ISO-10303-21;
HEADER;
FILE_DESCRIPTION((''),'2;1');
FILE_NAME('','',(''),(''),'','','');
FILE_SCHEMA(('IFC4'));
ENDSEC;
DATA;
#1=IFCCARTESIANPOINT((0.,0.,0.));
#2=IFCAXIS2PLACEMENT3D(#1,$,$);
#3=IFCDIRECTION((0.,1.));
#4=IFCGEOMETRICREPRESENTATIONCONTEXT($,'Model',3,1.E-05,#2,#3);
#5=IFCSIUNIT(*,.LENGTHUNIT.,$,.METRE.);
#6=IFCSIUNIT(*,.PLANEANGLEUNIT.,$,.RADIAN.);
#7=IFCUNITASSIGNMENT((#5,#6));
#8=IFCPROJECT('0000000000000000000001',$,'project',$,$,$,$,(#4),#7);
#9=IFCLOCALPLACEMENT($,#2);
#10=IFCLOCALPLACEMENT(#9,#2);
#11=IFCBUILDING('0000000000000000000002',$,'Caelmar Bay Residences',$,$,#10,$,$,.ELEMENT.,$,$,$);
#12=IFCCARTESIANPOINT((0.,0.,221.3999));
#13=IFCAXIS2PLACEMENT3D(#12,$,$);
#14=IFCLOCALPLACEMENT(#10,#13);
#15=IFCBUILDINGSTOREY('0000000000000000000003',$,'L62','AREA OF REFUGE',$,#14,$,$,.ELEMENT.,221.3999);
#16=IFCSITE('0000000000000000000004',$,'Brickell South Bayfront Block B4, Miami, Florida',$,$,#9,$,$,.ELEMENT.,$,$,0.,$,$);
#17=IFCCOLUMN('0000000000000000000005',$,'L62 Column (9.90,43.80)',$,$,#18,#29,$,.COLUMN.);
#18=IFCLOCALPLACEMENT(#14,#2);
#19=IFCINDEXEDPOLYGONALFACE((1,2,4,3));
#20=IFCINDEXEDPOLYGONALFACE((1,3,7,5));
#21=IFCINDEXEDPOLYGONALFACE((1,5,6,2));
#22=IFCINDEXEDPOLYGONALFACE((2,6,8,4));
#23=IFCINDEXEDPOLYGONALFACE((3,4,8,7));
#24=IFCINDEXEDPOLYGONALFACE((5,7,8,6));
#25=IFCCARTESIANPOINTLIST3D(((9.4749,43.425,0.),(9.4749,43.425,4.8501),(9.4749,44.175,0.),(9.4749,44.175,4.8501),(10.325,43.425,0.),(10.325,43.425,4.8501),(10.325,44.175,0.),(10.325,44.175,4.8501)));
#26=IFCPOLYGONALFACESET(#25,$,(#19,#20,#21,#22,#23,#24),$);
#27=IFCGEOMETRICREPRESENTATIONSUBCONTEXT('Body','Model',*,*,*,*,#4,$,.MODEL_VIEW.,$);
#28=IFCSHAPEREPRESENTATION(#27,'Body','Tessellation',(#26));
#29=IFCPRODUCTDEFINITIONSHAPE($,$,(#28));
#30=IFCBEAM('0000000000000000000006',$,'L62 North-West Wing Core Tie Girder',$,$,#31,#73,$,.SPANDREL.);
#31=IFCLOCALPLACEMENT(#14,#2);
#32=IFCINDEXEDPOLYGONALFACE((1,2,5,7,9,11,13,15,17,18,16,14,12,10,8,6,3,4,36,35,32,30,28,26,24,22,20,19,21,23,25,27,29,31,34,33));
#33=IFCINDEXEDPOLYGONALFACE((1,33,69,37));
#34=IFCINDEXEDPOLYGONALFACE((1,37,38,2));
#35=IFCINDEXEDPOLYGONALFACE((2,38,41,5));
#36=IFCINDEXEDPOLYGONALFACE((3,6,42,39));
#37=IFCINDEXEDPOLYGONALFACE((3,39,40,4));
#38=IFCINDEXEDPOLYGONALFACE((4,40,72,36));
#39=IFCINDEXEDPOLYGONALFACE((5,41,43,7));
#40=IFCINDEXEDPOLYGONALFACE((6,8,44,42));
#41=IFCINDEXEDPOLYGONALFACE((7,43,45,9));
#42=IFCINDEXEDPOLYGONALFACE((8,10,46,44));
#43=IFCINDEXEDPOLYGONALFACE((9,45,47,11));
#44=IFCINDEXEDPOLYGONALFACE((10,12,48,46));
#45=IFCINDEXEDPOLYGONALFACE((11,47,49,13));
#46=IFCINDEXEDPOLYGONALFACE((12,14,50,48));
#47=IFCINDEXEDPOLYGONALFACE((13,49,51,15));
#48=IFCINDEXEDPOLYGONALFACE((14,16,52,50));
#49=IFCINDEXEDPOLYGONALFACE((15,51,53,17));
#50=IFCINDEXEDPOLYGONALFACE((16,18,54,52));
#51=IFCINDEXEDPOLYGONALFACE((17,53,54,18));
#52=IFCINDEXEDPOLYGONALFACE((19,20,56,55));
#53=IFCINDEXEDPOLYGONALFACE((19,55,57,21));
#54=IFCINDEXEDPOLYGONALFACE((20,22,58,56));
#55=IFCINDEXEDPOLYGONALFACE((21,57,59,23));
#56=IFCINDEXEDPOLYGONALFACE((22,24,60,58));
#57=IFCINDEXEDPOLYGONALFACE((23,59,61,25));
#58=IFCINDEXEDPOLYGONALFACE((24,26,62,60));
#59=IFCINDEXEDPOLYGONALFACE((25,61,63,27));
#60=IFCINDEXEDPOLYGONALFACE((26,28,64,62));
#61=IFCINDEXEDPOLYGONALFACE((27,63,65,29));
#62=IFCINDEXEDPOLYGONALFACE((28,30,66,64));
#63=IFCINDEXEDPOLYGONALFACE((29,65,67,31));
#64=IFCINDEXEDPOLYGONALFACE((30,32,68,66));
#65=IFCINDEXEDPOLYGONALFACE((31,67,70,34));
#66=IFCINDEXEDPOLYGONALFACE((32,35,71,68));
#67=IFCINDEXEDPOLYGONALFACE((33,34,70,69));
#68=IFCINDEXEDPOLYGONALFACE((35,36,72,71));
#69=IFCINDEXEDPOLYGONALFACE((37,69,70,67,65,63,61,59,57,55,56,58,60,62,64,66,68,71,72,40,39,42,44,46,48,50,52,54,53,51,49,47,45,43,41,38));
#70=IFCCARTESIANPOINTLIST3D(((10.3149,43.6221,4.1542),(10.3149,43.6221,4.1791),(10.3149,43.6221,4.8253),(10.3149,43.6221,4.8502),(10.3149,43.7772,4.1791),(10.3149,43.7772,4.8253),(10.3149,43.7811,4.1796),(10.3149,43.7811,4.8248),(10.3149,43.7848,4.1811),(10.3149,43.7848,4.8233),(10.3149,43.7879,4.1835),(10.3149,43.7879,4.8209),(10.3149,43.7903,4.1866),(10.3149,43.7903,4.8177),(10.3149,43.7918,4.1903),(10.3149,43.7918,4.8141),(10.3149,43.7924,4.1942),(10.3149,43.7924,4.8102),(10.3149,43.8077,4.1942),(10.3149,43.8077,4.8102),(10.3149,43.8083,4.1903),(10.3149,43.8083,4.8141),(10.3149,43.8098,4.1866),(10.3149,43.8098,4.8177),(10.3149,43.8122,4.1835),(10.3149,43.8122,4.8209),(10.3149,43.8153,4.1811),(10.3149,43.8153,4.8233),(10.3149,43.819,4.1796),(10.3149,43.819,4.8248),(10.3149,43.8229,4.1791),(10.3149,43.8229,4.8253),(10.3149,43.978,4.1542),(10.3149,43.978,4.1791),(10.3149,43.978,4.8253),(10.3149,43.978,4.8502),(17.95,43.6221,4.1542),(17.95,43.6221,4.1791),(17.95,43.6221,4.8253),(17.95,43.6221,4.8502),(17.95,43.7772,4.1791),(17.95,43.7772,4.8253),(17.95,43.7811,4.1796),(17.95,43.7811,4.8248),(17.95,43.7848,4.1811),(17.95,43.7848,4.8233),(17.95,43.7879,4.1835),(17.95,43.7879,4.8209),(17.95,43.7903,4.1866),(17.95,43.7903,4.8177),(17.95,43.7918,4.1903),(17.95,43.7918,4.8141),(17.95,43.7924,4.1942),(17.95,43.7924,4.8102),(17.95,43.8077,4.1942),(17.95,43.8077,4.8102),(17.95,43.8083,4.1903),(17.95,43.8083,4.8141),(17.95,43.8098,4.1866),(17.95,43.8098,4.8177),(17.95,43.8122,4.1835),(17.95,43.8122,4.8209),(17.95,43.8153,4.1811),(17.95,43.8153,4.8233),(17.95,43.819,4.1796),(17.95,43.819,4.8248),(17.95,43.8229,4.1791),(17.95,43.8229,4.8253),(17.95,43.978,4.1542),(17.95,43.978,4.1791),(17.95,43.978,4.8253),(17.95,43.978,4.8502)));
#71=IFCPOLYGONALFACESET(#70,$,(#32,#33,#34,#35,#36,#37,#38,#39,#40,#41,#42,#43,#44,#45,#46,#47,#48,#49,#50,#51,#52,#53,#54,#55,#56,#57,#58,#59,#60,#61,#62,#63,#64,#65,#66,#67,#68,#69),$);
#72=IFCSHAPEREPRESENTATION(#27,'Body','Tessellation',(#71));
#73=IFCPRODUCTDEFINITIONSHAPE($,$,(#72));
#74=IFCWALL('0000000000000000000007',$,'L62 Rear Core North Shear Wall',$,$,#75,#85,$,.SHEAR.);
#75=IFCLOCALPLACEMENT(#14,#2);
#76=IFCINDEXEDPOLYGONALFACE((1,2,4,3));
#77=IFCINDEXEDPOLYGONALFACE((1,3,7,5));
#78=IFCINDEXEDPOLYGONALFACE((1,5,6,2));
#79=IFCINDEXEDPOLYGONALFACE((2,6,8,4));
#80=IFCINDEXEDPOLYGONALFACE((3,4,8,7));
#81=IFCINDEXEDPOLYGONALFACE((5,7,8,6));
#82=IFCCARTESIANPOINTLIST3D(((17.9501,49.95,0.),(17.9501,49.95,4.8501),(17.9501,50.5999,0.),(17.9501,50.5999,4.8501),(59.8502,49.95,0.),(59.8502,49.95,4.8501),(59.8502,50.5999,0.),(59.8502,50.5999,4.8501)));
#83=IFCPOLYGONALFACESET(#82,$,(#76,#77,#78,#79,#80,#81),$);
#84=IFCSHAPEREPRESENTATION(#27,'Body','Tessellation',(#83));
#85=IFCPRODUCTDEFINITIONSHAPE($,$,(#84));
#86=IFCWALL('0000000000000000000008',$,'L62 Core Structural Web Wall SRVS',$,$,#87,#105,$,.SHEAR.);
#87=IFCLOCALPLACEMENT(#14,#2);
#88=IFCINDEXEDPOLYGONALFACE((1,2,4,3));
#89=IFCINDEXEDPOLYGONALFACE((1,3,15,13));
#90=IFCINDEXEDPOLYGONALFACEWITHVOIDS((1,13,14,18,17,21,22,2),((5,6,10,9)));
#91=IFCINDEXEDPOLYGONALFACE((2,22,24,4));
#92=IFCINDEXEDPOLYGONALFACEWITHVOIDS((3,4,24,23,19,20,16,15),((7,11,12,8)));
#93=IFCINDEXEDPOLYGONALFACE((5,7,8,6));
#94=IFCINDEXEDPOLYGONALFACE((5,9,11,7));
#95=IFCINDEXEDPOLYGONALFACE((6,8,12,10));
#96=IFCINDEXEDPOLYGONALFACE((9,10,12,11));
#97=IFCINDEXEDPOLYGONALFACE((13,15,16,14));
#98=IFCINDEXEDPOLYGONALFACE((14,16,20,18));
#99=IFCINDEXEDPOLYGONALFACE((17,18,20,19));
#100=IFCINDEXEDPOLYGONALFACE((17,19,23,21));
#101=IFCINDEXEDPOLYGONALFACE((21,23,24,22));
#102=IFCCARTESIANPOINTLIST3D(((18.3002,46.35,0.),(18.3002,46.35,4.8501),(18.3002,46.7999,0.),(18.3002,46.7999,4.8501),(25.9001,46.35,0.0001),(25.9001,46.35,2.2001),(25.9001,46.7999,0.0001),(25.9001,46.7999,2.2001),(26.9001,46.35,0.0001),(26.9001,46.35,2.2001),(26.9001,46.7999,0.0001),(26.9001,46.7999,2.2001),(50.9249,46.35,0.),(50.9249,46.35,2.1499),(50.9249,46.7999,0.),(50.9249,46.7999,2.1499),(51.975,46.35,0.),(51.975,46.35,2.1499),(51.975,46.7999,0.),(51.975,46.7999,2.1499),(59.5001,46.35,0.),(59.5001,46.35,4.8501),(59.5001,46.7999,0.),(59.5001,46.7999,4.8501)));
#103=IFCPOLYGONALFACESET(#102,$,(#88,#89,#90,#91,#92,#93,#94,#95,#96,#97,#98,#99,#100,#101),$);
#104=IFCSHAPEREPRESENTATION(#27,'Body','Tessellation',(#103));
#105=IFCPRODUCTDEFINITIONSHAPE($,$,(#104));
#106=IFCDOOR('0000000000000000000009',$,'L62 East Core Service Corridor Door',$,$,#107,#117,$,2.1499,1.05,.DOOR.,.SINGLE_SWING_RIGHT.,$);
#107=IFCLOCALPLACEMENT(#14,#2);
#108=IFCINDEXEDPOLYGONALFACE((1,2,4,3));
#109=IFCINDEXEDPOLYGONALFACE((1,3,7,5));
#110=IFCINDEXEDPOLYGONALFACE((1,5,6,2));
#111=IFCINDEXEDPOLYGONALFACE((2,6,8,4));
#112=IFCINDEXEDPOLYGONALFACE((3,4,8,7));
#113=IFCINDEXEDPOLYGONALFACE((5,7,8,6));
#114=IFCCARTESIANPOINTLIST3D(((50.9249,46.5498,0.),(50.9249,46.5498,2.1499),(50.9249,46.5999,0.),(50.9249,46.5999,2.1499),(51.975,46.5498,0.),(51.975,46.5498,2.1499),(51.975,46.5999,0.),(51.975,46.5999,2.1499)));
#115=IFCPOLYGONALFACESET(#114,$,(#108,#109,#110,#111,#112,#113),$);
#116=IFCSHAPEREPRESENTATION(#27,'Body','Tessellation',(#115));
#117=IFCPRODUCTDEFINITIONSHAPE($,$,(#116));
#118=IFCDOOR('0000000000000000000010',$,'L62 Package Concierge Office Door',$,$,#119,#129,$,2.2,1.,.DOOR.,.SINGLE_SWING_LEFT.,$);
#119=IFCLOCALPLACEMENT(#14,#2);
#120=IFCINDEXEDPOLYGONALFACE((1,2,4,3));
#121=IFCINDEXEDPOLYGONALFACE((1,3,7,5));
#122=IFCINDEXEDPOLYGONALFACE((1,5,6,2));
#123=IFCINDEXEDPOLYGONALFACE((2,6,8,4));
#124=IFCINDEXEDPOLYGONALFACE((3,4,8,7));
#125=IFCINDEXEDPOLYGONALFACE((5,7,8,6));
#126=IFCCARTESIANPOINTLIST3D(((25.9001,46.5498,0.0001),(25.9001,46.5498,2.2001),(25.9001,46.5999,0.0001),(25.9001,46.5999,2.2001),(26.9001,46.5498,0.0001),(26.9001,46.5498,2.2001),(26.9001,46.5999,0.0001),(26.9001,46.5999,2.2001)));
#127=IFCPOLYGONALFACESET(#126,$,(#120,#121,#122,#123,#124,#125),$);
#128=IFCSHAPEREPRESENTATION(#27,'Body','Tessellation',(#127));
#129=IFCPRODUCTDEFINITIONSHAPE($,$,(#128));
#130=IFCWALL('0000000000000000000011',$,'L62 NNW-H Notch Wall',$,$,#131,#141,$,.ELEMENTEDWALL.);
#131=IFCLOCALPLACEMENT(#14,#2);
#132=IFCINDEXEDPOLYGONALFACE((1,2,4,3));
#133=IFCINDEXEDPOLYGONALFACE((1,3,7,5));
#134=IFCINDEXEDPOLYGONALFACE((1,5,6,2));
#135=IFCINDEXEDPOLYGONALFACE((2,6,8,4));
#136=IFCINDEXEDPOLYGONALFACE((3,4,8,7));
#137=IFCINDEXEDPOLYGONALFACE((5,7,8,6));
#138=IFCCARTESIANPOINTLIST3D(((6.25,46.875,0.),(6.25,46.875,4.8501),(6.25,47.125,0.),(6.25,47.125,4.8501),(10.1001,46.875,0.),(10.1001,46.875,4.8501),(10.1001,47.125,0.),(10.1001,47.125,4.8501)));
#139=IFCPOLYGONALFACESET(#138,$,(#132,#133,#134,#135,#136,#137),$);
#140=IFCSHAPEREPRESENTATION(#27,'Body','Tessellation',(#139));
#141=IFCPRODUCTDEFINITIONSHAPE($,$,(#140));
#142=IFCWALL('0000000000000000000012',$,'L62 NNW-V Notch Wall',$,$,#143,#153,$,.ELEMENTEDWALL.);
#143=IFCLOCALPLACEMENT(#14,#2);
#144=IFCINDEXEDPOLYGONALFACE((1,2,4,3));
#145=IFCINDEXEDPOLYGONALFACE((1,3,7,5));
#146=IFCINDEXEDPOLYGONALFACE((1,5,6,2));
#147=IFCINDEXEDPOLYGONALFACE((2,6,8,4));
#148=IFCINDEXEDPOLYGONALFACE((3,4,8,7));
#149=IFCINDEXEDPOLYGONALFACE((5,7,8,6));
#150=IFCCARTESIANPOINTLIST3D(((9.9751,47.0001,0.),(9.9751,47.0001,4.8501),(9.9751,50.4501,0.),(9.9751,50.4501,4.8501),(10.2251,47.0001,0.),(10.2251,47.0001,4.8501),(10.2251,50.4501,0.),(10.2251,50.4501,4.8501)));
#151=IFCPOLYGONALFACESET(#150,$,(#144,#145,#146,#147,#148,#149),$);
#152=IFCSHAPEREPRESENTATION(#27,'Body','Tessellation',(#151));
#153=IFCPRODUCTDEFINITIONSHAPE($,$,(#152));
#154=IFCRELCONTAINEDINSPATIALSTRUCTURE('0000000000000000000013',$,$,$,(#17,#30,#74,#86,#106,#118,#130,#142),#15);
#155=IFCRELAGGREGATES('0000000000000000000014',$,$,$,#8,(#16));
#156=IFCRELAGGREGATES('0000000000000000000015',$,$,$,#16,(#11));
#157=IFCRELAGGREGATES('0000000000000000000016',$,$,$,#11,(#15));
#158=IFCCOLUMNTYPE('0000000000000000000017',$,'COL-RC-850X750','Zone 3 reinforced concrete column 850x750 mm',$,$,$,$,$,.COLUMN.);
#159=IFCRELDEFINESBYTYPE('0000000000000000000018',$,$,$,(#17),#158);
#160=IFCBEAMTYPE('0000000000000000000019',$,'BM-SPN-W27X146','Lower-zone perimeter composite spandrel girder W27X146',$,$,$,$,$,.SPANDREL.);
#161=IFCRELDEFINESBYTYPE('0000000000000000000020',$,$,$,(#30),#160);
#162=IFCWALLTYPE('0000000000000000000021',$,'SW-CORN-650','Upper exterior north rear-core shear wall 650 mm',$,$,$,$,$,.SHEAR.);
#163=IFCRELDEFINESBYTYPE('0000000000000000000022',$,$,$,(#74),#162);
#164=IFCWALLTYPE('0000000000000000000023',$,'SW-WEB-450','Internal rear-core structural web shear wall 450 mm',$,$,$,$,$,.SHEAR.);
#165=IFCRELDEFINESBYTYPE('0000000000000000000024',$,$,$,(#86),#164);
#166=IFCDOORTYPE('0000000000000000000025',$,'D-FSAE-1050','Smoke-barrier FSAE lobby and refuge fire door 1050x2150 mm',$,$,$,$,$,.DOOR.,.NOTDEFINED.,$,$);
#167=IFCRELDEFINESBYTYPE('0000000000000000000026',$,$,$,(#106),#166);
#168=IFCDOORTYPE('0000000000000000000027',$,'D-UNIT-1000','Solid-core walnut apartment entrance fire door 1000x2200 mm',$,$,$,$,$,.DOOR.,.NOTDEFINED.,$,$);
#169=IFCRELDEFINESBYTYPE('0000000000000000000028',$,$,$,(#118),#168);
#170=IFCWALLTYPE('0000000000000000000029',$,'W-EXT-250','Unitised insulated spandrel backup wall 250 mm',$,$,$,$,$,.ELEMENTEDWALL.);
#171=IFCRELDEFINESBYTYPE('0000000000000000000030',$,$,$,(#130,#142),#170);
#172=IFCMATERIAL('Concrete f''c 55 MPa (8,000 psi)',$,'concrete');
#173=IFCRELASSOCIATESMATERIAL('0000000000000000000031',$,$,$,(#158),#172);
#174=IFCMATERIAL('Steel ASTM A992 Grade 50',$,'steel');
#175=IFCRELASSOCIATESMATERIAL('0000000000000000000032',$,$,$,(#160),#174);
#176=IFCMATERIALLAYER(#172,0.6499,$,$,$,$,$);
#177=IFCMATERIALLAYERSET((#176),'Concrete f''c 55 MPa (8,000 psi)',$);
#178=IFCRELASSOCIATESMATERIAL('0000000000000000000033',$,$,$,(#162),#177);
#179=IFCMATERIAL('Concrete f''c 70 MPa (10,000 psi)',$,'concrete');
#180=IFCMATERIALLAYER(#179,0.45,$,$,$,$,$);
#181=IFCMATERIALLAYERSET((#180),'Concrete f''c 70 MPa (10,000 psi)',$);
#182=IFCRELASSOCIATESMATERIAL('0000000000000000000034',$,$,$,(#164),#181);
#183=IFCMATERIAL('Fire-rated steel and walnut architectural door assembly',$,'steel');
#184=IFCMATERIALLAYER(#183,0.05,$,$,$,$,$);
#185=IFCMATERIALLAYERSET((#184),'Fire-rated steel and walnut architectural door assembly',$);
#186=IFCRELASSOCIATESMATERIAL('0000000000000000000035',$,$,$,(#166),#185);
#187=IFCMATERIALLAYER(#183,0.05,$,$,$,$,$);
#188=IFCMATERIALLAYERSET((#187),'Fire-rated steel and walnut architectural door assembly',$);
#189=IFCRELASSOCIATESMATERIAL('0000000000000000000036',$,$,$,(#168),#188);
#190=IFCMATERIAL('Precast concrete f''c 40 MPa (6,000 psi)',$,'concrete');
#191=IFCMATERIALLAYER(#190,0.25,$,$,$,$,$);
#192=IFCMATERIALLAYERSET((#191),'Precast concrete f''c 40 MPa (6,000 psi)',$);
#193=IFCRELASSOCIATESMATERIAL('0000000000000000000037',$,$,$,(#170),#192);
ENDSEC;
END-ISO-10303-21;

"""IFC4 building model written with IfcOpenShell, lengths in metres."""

from ifc_helpers import new_model, si_unit, direction, frame, frame_2d, origin, origin_2d, place, context, subcontext, project, spatial, rectangle, i_section, extrude, material, layer, layer_set, material_profile, profile_set, type_object, element, fill, save


model = new_model("IFC4")

# Units and contexts
model_context = context("Model", 3, precision=1e-05, world=origin(), true_north=direction((0.0, 1.0)))
body_context = subcontext(model_context, "Body", "Model", "MODEL_VIEW")
ifc_project = project(units=[si_unit("LENGTHUNIT", "METRE"), si_unit("PLANEANGLEUNIT", "RADIAN")], contexts=[model_context])

# Site, building, storey
site_placement = place(None, origin())
site = spatial("IfcSite", under=ifc_project, at=site_placement, Name="Brickell South Bayfront Block B4, Miami, Florida", CompositionType="ELEMENT", RefElevation=0.0)
building_placement = place(site_placement, origin())
building = spatial("IfcBuilding", under=site, at=building_placement, Name="Caelmar Bay Residences", CompositionType="ELEMENT")
storey_placement = place(building_placement, frame((0.0, 0.0, 221.3999)))
storey = spatial("IfcBuildingStorey", under=building, at=storey_placement, Name="L62", Description="AREA OF REFUGE", CompositionType="ELEMENT", Elevation=221.3999)

# Column
ifc_material_1 = material(Name="Concrete f'c 55 MPa (8,000 psi)", Category="concrete")
ifc_material_profile_1 = material_profile(ifc_material_1, rectangle(XDim=0.8501, YDim=0.75, at=origin_2d()), Name="RC-COL-850X750")
ifc_profile_set_1 = profile_set([ifc_material_profile_1], Name="Concrete f'c 55 MPa (8,000 psi)")
column_type = type_object("IfcColumnType", Name="COL-RC-850X750", Description="Zone 3 reinforced concrete column 850x750 mm", PredefinedType="COLUMN", material=ifc_profile_set_1)
column_placement = place(storey_placement, frame((9.8999, 43.8, 0.0), z_axis=(0.0, 0.0, 1.0), x_axis=(1.0, 0.0, 0.0)))
element("IfcColumn", 1, at=column_placement, inside=storey, type_object=column_type, Name="L62 Column (9.90,43.80)", PredefinedType="COLUMN", context=body_context, shape_type="SweptSolid", body=[
    extrude(rectangle(XDim=0.8501, YDim=0.75, at=origin_2d()), origin(), (0.0, 0.0, 1.0), 4.8501),
])

# Beam
ifc_material_2 = material(Name="Steel ASTM A992 Grade 50", Category="steel")
ifc_material_profile_2 = material_profile(ifc_material_2, i_section(OverallWidth=0.356, OverallDepth=0.696, WebThickness=0.0154, FlangeThickness=0.0249, FilletRadius=0.0151, at=origin_2d()), Name="W27X146")
ifc_profile_set_2 = profile_set([ifc_material_profile_2], Name="Steel ASTM A992 Grade 50")
beam_type = type_object("IfcBeamType", Name="BM-SPN-W27X146", Description="Lower-zone perimeter composite spandrel girder W27X146", PredefinedType="SPANDREL", material=ifc_profile_set_2)
beam_placement = place(storey_placement, frame((10.3149, 43.8, 4.5022), z_axis=(1.0, 0.0, 0.0), x_axis=(0.0, 1.0, 0.0)))
element("IfcBeam", 2, at=beam_placement, inside=storey, type_object=beam_type, Name="L62 North-West Wing Core Tie Girder", PredefinedType="SPANDREL", context=body_context, shape_type="SweptSolid", body=[
    extrude(i_section(OverallWidth=0.356, OverallDepth=0.696, WebThickness=0.0154, FlangeThickness=0.0249, FilletRadius=0.0151, at=origin_2d()), origin(), (0.0, 0.0, 1.0), 7.635),
])

# Wall
ifc_layer_1 = layer(ifc_material_1, 0.6499)
ifc_layer_set_1 = layer_set([ifc_layer_1], Name="Concrete f'c 55 MPa (8,000 psi)")
wall_type_1 = type_object("IfcWallType", Name="SW-CORN-650", Description="Upper exterior north rear-core shear wall 650 mm", PredefinedType="SHEAR", material=ifc_layer_set_1)
wall_1_placement = place(storey_placement, frame((17.95, 50.2749, 0.0), z_axis=(0.0, 0.0, 1.0), x_axis=(1.0, 0.0, 0.0)))
element("IfcWall", 3, at=wall_1_placement, inside=storey, type_object=wall_type_1, Name="L62 Rear Core North Shear Wall", PredefinedType="SHEAR", context=body_context, shape_type="SweptSolid", body=[
    extrude(rectangle(XDim=41.9001, YDim=0.6499, at=frame_2d((20.9502, 0.0))), origin(), (0.0, 0.0, 1.0), 4.8501),
])

# Wall, openings, doors
ifc_material_3 = material(Name="Concrete f'c 70 MPa (10,000 psi)", Category="concrete")
ifc_layer_2 = layer(ifc_material_3, 0.45)
ifc_layer_set_2 = layer_set([ifc_layer_2], Name="Concrete f'c 70 MPa (10,000 psi)")
wall_type_2 = type_object("IfcWallType", Name="SW-WEB-450", Description="Internal rear-core structural web shear wall 450 mm", PredefinedType="SHEAR", material=ifc_layer_set_2)
wall_2_placement = place(storey_placement, frame((18.3, 46.575, 0.0), z_axis=(0.0, 0.0, 1.0), x_axis=(1.0, 0.0, 0.0)))
wall_2 = element("IfcWall", 4, at=wall_2_placement, inside=storey, type_object=wall_type_2, Name="L62 Core Structural Web Wall SRVS", PredefinedType="SHEAR", context=body_context, shape_type="SweptSolid", body=[
    extrude(rectangle(XDim=41.2, YDim=0.45, at=frame_2d((20.6001, 0.0))), origin(), (0.0, 0.0, 1.0), 4.8501),
])
opening_1_placement = place(wall_2_placement, frame((7.6001, 0.0, 0.0)))
opening_1 = element("IfcOpeningElement", 5, at=opening_1_placement, cuts=wall_2, PredefinedType="OPENING", context=body_context, shape_type="SweptSolid", body=[
    extrude(rectangle(XDim=1.0, YDim=2.2, at=frame_2d((0.5, 1.1001))), frame((0.0, 0.2349, 0.0), z_axis=(0.0, -1.0, 0.0), x_axis=(1.0, 0.0, 0.0)), (0.0, 0.0, 1.0), 0.47),
])
opening_2_placement = place(wall_2_placement, frame((32.625, 0.0, 0.0)))
opening_2 = element("IfcOpeningElement", 6, at=opening_2_placement, cuts=wall_2, PredefinedType="OPENING", context=body_context, shape_type="SweptSolid", body=[
    extrude(rectangle(XDim=1.05, YDim=2.1499, at=frame_2d((0.5249, 1.075))), frame((0.0, 0.2349, 0.0), z_axis=(0.0, -1.0, 0.0), x_axis=(1.0, 0.0, 0.0)), (0.0, 0.0, 1.0), 0.47),
])
ifc_material_4 = material(Name="Fire-rated steel and walnut architectural door assembly", Category="steel")
ifc_layer_3 = layer(ifc_material_4, 0.05)
ifc_layer_set_3 = layer_set([ifc_layer_3], Name="Fire-rated steel and walnut architectural door assembly")
door_type_1 = type_object("IfcDoorType", Name="D-FSAE-1050", Description="Smoke-barrier FSAE lobby and refuge fire door 1050x2150 mm", OperationType="NOTDEFINED", PredefinedType="DOOR", material=ifc_layer_set_3)
door_1_placement = place(opening_2_placement, origin())
door_1 = element("IfcDoor", 7, at=door_1_placement, inside=storey, type_object=door_type_1, Name="L62 East Core Service Corridor Door", OperationType="SINGLE_SWING_RIGHT", OverallHeight=2.1499, OverallWidth=1.05, PredefinedType="DOOR", context=body_context, shape_type="SweptSolid", body=[
    extrude(rectangle(XDim=1.05, YDim=2.1499, at=frame_2d((0.5249, 1.075))), frame((0.0, 0.0249, 0.0), z_axis=(0.0, -1.0, 0.0), x_axis=(1.0, 0.0, 0.0)), (0.0, 0.0, 1.0), 0.05),
])
fill(opening_2, door_1)
ifc_layer_4 = layer(ifc_material_4, 0.05)
ifc_layer_set_4 = layer_set([ifc_layer_4], Name="Fire-rated steel and walnut architectural door assembly")
door_type_2 = type_object("IfcDoorType", Name="D-UNIT-1000", Description="Solid-core walnut apartment entrance fire door 1000x2200 mm", OperationType="NOTDEFINED", PredefinedType="DOOR", material=ifc_layer_set_4)
door_2_placement = place(opening_1_placement, origin())
door_2 = element("IfcDoor", 8, at=door_2_placement, inside=storey, type_object=door_type_2, Name="L62 Package Concierge Office Door", OperationType="SINGLE_SWING_LEFT", OverallHeight=2.2, OverallWidth=1.0, PredefinedType="DOOR", context=body_context, shape_type="SweptSolid", body=[
    extrude(rectangle(XDim=1.0, YDim=2.2, at=frame_2d((0.5, 1.1001))), frame((0.0, 0.0249, 0.0), z_axis=(0.0, -1.0, 0.0), x_axis=(1.0, 0.0, 0.0)), (0.0, 0.0, 1.0), 0.05),
])
fill(opening_1, door_2)

# Walls
ifc_material_5 = material(Name="Precast concrete f'c 40 MPa (6,000 psi)", Category="concrete")
ifc_layer_5 = layer(ifc_material_5, 0.25)
ifc_layer_set_5 = layer_set([ifc_layer_5], Name="Precast concrete f'c 40 MPa (6,000 psi)")
wall_type_3 = type_object("IfcWallType", Name="W-EXT-250", Description="Unitised insulated spandrel backup wall 250 mm", PredefinedType="ELEMENTEDWALL", material=ifc_layer_set_5)
wall_3_placement = place(storey_placement, frame((6.25, 47.0, 0.0), z_axis=(0.0, 0.0, 1.0), x_axis=(1.0, 0.0, 0.0)))
element("IfcWall", 9, at=wall_3_placement, inside=storey, type_object=wall_type_3, Name="L62 NNW-H Notch Wall", PredefinedType="ELEMENTEDWALL", context=body_context, shape_type="SweptSolid", body=[
    extrude(rectangle(XDim=3.8501, YDim=0.25, at=frame_2d((1.925, 0.0))), origin(), (0.0, 0.0, 1.0), 4.8501),
])
wall_4_placement = place(storey_placement, frame((10.1001, 47.0, 0.0), z_axis=(0.0, 0.0, 1.0), x_axis=(0.0, 1.0, 0.0)))
element("IfcWall", 10, at=wall_4_placement, inside=storey, type_object=wall_type_3, Name="L62 NNW-V Notch Wall", PredefinedType="ELEMENTEDWALL", context=body_context, shape_type="SweptSolid", body=[
    extrude(rectangle(XDim=3.45, YDim=0.25, at=frame_2d((1.7251, 0.0))), origin(), (0.0, 0.0, 1.0), 4.8501),
])

save(model, "model.ifc")
